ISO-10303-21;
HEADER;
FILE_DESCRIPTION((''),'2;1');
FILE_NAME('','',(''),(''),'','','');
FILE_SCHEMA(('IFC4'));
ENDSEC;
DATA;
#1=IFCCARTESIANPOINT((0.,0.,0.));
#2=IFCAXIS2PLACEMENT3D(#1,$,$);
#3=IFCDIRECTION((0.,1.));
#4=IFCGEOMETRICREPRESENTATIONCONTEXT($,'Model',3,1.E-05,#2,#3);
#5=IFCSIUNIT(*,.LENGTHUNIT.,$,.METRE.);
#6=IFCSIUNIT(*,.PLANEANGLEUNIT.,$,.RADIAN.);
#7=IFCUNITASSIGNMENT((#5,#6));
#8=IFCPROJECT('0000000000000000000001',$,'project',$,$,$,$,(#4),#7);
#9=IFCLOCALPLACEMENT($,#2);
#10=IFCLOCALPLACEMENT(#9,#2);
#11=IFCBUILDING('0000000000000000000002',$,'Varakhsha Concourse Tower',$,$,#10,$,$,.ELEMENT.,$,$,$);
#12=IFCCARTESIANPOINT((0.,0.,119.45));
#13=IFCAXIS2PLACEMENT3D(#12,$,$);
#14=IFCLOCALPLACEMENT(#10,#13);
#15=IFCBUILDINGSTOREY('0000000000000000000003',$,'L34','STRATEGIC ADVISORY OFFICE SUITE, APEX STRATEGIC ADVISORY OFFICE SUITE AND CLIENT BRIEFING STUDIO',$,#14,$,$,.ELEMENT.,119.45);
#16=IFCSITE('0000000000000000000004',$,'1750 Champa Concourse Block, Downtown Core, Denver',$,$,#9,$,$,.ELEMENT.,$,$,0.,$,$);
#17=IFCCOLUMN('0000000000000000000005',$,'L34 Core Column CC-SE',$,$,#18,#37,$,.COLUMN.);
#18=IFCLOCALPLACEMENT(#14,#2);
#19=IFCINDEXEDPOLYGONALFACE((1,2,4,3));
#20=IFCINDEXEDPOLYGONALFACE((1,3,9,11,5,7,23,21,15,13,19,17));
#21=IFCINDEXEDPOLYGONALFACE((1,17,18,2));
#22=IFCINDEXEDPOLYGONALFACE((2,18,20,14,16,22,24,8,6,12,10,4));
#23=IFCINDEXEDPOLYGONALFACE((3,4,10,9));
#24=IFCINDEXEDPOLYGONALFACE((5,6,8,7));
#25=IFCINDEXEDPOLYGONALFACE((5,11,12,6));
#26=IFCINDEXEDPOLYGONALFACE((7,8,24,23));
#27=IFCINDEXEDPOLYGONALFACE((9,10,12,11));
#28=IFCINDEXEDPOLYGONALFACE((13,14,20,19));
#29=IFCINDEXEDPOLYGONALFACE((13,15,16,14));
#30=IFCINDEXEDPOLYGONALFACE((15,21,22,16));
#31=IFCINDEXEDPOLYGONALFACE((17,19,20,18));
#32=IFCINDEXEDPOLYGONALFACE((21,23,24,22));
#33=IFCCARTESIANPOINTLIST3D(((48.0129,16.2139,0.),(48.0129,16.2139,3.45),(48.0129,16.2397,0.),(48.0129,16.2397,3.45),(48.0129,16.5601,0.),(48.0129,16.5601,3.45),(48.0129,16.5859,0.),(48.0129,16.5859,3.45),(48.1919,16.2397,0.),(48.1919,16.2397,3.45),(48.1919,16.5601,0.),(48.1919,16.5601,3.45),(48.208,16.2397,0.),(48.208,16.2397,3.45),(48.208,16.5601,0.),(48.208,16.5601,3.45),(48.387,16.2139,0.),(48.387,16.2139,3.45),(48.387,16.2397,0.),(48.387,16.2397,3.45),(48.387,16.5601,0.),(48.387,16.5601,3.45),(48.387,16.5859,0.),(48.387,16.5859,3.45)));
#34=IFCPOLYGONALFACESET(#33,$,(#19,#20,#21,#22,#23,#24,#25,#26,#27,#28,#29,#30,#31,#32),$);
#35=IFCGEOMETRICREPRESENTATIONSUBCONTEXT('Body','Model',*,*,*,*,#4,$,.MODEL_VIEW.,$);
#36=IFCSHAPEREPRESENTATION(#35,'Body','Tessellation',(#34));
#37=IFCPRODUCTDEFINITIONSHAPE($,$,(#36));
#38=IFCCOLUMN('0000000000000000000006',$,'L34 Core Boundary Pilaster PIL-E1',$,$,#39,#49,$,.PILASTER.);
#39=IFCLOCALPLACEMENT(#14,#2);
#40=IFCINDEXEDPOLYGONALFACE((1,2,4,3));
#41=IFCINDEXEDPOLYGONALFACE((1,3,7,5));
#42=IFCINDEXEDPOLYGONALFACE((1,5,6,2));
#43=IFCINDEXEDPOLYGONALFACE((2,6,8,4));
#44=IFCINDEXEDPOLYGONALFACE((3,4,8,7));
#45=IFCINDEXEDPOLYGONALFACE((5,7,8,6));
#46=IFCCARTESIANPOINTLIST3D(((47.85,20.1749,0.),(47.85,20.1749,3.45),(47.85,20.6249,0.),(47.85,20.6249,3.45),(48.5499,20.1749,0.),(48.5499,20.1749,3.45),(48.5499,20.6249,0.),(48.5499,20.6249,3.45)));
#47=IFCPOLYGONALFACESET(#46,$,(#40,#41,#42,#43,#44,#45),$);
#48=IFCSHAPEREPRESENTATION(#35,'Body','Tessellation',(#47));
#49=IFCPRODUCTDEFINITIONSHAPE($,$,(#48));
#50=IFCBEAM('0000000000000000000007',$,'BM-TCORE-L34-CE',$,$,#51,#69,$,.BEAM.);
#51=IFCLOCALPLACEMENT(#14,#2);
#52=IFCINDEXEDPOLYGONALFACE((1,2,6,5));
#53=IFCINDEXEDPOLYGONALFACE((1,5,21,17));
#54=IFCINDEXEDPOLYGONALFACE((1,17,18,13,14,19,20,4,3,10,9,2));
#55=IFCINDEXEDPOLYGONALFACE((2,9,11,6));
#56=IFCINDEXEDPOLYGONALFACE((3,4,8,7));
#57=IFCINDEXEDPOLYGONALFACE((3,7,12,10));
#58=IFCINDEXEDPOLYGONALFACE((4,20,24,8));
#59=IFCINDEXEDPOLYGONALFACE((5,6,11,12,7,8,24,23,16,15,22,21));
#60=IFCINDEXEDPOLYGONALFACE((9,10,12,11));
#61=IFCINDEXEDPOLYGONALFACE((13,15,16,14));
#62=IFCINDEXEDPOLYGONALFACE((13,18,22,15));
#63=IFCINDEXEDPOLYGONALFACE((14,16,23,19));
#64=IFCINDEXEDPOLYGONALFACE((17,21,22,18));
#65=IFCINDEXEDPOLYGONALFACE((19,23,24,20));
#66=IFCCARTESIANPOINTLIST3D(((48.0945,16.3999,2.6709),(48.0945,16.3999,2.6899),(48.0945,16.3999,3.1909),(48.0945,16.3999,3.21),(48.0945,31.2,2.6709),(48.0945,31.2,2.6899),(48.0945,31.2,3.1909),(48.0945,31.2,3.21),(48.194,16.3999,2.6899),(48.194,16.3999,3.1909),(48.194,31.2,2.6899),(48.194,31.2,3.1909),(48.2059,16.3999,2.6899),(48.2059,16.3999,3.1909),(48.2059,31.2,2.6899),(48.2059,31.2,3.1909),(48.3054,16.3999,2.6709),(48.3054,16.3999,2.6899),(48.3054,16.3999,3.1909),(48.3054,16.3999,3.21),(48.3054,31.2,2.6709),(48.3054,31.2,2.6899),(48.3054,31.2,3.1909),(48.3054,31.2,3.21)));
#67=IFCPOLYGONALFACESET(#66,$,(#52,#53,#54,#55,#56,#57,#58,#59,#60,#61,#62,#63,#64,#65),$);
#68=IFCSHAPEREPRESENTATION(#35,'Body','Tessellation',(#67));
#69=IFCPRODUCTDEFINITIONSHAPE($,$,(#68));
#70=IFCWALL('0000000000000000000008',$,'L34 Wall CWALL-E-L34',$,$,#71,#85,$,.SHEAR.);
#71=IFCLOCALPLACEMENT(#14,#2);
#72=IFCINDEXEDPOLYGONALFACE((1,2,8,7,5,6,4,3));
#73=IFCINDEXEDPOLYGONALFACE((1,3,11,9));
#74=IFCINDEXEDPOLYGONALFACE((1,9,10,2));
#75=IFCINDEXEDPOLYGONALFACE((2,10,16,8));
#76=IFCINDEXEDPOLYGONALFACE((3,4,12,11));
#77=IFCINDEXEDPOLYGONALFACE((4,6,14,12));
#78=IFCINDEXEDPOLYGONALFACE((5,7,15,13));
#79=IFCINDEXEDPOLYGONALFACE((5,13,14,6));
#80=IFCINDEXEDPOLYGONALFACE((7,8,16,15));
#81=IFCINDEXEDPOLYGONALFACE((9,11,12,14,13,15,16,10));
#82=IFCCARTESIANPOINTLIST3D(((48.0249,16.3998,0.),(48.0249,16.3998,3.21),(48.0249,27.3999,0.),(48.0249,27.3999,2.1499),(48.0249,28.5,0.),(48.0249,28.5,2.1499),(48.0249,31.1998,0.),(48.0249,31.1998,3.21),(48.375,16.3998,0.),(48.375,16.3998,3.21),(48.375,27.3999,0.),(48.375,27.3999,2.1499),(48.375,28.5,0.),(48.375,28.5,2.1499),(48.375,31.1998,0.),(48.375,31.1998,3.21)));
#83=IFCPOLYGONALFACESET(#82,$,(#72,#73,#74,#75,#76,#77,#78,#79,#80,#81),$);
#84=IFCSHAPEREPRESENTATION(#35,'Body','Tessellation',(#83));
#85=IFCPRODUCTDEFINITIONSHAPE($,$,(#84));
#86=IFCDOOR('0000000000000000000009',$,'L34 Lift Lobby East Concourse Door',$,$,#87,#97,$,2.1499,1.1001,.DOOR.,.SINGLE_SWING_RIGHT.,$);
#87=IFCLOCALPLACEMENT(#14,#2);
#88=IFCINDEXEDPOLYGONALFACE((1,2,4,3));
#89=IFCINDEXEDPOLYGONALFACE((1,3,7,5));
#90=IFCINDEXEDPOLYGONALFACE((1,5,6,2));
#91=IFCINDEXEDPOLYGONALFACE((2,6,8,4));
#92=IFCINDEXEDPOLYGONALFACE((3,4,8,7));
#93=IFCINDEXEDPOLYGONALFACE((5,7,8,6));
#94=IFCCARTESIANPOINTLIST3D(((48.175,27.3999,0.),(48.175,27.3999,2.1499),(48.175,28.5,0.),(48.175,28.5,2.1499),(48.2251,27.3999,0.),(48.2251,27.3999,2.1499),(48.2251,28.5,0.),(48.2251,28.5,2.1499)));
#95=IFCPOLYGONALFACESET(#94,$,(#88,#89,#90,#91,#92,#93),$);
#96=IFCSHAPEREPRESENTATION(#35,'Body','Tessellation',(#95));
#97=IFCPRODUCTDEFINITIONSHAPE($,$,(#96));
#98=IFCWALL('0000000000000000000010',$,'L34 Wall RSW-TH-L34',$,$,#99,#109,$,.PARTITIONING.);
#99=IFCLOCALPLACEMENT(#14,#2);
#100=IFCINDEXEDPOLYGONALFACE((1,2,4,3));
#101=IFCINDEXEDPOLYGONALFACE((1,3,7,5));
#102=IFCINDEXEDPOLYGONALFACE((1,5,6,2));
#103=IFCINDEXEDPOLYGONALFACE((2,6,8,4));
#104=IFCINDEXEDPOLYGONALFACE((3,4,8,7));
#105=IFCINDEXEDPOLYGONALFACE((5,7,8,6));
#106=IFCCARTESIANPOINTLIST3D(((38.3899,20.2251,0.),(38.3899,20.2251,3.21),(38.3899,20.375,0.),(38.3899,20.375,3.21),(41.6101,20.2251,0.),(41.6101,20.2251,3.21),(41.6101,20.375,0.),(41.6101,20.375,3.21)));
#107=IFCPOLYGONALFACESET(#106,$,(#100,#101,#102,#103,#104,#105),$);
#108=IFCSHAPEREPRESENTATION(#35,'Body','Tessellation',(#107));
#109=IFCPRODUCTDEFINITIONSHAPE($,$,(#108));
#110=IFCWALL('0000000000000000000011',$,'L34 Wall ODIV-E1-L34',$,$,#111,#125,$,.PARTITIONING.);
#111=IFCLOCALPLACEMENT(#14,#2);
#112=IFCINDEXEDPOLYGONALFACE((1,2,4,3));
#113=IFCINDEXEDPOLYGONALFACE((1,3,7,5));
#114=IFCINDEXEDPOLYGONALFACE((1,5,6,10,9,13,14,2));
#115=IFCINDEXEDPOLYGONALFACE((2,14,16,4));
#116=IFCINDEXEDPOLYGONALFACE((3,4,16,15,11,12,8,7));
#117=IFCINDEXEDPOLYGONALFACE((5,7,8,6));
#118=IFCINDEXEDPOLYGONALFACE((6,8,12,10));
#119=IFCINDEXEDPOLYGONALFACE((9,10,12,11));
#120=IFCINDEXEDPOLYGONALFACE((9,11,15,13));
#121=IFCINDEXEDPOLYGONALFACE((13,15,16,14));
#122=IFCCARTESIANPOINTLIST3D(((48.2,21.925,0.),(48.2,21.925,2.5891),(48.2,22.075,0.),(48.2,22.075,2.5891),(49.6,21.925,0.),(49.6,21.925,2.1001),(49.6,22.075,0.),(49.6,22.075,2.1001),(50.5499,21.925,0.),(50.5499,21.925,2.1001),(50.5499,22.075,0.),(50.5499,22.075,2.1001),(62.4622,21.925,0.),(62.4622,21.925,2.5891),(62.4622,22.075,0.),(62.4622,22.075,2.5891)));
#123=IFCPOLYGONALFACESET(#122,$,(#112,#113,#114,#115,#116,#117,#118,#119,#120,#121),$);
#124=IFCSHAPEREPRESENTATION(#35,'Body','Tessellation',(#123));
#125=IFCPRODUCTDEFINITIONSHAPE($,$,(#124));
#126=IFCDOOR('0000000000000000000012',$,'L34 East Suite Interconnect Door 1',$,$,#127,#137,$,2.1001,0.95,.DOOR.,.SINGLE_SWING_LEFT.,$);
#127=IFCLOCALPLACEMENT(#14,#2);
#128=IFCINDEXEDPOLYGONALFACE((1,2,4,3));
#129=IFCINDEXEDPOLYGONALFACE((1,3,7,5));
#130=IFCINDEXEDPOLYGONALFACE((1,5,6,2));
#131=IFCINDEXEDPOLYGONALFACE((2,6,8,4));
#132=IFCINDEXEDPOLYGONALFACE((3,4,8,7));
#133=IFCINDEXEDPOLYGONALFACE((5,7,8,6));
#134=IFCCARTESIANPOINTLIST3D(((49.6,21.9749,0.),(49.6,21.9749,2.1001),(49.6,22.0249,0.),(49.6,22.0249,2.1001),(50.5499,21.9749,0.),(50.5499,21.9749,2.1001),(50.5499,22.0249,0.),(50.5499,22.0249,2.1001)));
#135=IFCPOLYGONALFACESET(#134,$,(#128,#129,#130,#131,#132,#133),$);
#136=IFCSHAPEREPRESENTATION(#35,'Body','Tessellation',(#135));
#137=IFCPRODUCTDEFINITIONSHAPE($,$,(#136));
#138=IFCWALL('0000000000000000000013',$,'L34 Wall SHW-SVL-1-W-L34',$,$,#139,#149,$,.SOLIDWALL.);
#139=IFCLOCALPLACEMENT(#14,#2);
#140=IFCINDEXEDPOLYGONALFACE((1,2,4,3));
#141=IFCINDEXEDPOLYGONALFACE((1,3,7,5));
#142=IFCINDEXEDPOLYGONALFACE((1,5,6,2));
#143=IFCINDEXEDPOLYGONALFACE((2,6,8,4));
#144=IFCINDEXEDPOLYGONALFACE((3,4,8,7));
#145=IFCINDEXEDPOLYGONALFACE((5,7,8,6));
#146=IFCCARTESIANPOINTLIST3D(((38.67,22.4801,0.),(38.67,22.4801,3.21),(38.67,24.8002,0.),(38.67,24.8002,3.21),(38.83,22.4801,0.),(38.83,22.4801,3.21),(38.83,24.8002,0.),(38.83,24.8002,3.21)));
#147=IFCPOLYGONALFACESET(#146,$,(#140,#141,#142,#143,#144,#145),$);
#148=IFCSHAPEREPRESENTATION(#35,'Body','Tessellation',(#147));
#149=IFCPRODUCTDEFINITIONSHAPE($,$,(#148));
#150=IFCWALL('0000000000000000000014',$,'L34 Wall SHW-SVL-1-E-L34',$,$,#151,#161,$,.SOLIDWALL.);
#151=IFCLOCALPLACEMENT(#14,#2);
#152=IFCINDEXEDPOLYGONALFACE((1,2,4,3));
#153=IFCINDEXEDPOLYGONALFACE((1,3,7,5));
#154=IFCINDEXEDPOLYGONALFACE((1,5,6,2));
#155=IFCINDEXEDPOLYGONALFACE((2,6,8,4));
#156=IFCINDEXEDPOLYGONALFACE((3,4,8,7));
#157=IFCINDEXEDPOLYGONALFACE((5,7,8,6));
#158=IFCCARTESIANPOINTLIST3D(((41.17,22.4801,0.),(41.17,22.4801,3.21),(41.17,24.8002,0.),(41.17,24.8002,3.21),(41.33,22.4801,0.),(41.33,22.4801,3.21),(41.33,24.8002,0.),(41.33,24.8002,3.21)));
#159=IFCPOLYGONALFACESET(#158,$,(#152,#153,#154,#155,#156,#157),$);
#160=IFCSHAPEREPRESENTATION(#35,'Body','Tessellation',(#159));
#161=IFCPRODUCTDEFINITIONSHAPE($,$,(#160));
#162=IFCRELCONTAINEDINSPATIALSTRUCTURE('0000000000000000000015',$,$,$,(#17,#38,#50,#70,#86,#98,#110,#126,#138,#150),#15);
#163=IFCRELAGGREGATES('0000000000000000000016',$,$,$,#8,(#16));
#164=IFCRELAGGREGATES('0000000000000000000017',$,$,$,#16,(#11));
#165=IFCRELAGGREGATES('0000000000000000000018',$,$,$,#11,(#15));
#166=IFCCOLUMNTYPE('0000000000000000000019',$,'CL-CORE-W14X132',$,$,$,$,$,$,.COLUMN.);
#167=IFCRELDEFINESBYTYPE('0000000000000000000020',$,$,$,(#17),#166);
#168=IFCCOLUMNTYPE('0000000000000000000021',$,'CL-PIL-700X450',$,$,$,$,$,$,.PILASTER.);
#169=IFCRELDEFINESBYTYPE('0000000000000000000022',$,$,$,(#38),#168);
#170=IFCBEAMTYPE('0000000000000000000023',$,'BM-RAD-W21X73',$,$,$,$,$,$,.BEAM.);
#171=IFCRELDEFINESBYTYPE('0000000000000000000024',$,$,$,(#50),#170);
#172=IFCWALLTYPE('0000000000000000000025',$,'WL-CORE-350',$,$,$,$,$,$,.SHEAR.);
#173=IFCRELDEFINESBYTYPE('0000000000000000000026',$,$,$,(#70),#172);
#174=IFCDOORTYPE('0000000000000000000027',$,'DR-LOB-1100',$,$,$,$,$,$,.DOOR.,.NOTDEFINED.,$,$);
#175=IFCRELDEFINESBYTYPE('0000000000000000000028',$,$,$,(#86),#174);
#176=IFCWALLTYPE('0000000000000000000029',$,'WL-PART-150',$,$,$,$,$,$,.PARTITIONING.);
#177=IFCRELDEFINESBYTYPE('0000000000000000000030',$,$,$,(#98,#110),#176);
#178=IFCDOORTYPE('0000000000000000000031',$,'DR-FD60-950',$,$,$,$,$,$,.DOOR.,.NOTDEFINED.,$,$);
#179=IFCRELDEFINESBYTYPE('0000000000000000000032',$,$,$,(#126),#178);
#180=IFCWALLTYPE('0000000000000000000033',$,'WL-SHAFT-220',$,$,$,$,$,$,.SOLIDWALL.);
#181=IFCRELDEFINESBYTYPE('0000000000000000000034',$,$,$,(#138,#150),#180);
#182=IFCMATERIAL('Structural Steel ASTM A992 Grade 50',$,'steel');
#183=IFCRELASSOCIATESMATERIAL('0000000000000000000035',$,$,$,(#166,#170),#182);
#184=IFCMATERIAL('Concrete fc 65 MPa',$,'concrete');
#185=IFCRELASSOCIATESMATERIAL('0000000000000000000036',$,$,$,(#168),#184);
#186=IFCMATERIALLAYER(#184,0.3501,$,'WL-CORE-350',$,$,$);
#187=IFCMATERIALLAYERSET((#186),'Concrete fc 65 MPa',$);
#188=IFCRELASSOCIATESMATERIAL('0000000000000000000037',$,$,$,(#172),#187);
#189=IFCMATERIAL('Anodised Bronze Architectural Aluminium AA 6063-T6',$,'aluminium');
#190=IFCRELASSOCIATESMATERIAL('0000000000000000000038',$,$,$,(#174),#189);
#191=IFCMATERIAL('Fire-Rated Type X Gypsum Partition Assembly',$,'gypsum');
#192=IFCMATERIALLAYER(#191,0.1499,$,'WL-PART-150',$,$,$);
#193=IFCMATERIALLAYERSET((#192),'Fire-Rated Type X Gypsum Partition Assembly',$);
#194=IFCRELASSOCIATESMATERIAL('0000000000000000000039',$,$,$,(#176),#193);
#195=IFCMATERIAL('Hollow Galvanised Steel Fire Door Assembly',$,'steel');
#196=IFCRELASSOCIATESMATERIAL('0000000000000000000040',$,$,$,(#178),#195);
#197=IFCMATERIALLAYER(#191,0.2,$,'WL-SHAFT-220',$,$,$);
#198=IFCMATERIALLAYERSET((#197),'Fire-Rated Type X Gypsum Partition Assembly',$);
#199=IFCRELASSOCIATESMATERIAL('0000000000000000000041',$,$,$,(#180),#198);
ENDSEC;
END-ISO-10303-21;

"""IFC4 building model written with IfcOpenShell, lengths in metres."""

from ifc_helpers import new_model, si_unit, direction, frame, frame_2d, origin, origin_2d, place, context, subcontext, project, spatial, rectangle, i_section, extrude, material, layer, layer_set, material_profile, profile_set, type_object, element, fill, save


model = new_model("IFC4")

# Units and contexts
model_context = context("Model", 3, precision=1e-05, world=origin(), true_north=direction((0.0, 1.0)))
body_context = subcontext(model_context, "Body", "Model", "MODEL_VIEW")
ifc_project = project(units=[si_unit("LENGTHUNIT", "METRE"), si_unit("PLANEANGLEUNIT", "RADIAN")], contexts=[model_context])

# Site, building, storey
site_placement = place(None, origin())
site = spatial("IfcSite", under=ifc_project, at=site_placement, Name="1750 Champa Concourse Block, Downtown Core, Denver", CompositionType="ELEMENT", RefElevation=0.0)
building_placement = place(site_placement, origin())
building = spatial("IfcBuilding", under=site, at=building_placement, Name="Varakhsha Concourse Tower", CompositionType="ELEMENT")
storey_placement = place(building_placement, frame((0.0, 0.0, 119.45)))
storey = spatial("IfcBuildingStorey", under=building, at=storey_placement, Name="L34", Description="STRATEGIC ADVISORY OFFICE SUITE, APEX STRATEGIC ADVISORY OFFICE SUITE AND CLIENT BRIEFING STUDIO", CompositionType="ELEMENT", Elevation=119.45)

# Columns
ifc_material_1 = material(Name="Structural Steel ASTM A992 Grade 50", Category="steel")
ifc_material_profile_1 = material_profile(ifc_material_1, i_section(OverallWidth=0.374, OverallDepth=0.3721, WebThickness=0.0161, FlangeThickness=0.0259, at=origin_2d()), Name="W14X132")
ifc_profile_set_1 = profile_set([ifc_material_profile_1], Name="Structural Steel ASTM A992 Grade 50")
column_type_1 = type_object("IfcColumnType", Name="CL-CORE-W14X132", PredefinedType="COLUMN", material=ifc_profile_set_1)
column_1_placement = place(storey_placement, frame((48.2, 16.3999, 0.0), z_axis=(0.0, 0.0, 1.0), x_axis=(1.0, 0.0, 0.0)))
element("IfcColumn", 1, at=column_1_placement, inside=storey, type_object=column_type_1, Name="L34 Core Column CC-SE", PredefinedType="COLUMN", context=body_context, shape_type="SweptSolid", body=[
    extrude(i_section(OverallWidth=0.374, OverallDepth=0.3721, WebThickness=0.0161, FlangeThickness=0.0259, at=origin_2d()), origin(), (0.0, 0.0, 1.0), 3.45),
])
ifc_material_2 = material(Name="Concrete fc 65 MPa", Category="concrete")
ifc_material_profile_2 = material_profile(ifc_material_2, rectangle(XDim=0.7, YDim=0.45, at=origin_2d()), Name="RC 700x450")
ifc_profile_set_2 = profile_set([ifc_material_profile_2], Name="Concrete fc 65 MPa")
column_type_2 = type_object("IfcColumnType", Name="CL-PIL-700X450", PredefinedType="PILASTER", material=ifc_profile_set_2)
column_2_placement = place(storey_placement, frame((48.2, 20.3999, 0.0), z_axis=(0.0, 0.0, 1.0), x_axis=(1.0, 0.0, 0.0)))
element("IfcColumn", 2, at=column_2_placement, inside=storey, type_object=column_type_2, Name="L34 Core Boundary Pilaster PIL-E1", PredefinedType="PILASTER", context=body_context, shape_type="SweptSolid", body=[
    extrude(rectangle(XDim=0.7, YDim=0.45, at=origin_2d()), origin(), (0.0, 0.0, 1.0), 3.45),
])

# Beam
ifc_material_profile_3 = material_profile(ifc_material_1, i_section(OverallWidth=0.2109, OverallDepth=0.5391, WebThickness=0.012, FlangeThickness=0.019, at=origin_2d()), Name="W21X73")
ifc_profile_set_3 = profile_set([ifc_material_profile_3], Name="Structural Steel ASTM A992 Grade 50")
beam_type = type_object("IfcBeamType", Name="BM-RAD-W21X73", PredefinedType="BEAM", material=ifc_profile_set_3)
beam_placement = place(storey_placement, frame((48.2, 16.3999, 2.9404), z_axis=(0.0, 1.0, 0.0), x_axis=(-1.0, 0.0, 0.0)))
element("IfcBeam", 3, at=beam_placement, inside=storey, type_object=beam_type, Name="BM-TCORE-L34-CE", PredefinedType="BEAM", context=body_context, shape_type="SweptSolid", body=[
    extrude(i_section(OverallWidth=0.2109, OverallDepth=0.5391, WebThickness=0.012, FlangeThickness=0.019, at=origin_2d()), origin(), (0.0, 0.0, 1.0), 14.8),
])

# Wall, opening, door
ifc_layer_1 = layer(ifc_material_2, 0.3501, Name="WL-CORE-350")
ifc_layer_set_1 = layer_set([ifc_layer_1], Name="Concrete fc 65 MPa")
wall_type_1 = type_object("IfcWallType", Name="WL-CORE-350", PredefinedType="SHEAR", material=ifc_layer_set_1)
wall_1_placement = place(storey_placement, frame((48.2, 16.3999, 0.0), z_axis=(0.0, 0.0, 1.0), x_axis=(0.0, 1.0, 0.0)))
wall_1 = element("IfcWall", 4, at=wall_1_placement, inside=storey, type_object=wall_type_1, Name="L34 Wall CWALL-E-L34", PredefinedType="SHEAR", context=body_context, shape_type="SweptSolid", body=[
    extrude(rectangle(XDim=14.8, YDim=0.3501, at=frame_2d((7.3999, 0.0))), origin(), (0.0, 0.0, 1.0), 3.21),
])
opening_1_placement = place(wall_1_placement, frame((11.0, 0.0, 0.0)))
opening_1 = element("IfcOpeningElement", 5, at=opening_1_placement, cuts=wall_1, PredefinedType="OPENING", context=body_context, shape_type="SweptSolid", body=[
    extrude(rectangle(XDim=1.1001, YDim=2.1499, at=frame_2d((0.55, 1.075))), frame((0.0, 0.1851, 0.0), z_axis=(0.0, -1.0, 0.0), x_axis=(1.0, 0.0, 0.0)), (0.0, 0.0, 1.0), 0.3701),
])
ifc_material_3 = material(Name="Anodised Bronze Architectural Aluminium AA 6063-T6", Category="aluminium")
door_type_1 = type_object("IfcDoorType", Name="DR-LOB-1100", OperationType="NOTDEFINED", PredefinedType="DOOR", material=ifc_material_3)
door_1_placement = place(opening_1_placement, origin())
door_1 = element("IfcDoor", 6, at=door_1_placement, inside=storey, type_object=door_type_1, Name="L34 Lift Lobby East Concourse Door", OperationType="SINGLE_SWING_RIGHT", OverallHeight=2.1499, OverallWidth=1.1001, PredefinedType="DOOR", context=body_context, shape_type="SweptSolid", body=[
    extrude(rectangle(XDim=1.1001, YDim=2.1499, at=frame_2d((0.55, 1.075))), frame((0.0, 0.0249, 0.0), z_axis=(0.0, -1.0, 0.0), x_axis=(1.0, 0.0, 0.0)), (0.0, 0.0, 1.0), 0.05),
])
fill(opening_1, door_1)

# Wall
ifc_material_4 = material(Name="Fire-Rated Type X Gypsum Partition Assembly", Category="gypsum")
ifc_layer_2 = layer(ifc_material_4, 0.1499, Name="WL-PART-150")
ifc_layer_set_2 = layer_set([ifc_layer_2], Name="Fire-Rated Type X Gypsum Partition Assembly")
wall_type_2 = type_object("IfcWallType", Name="WL-PART-150", PredefinedType="PARTITIONING", material=ifc_layer_set_2)
wall_2_placement = place(storey_placement, frame((38.3899, 20.3, 0.0), z_axis=(0.0, 0.0, 1.0), x_axis=(1.0, 0.0, 0.0)))
element("IfcWall", 7, at=wall_2_placement, inside=storey, type_object=wall_type_2, Name="L34 Wall RSW-TH-L34", PredefinedType="PARTITIONING", context=body_context, shape_type="SweptSolid", body=[
    extrude(rectangle(XDim=3.2202, YDim=0.1499, at=frame_2d((1.6101, 0.0))), origin(), (0.0, 0.0, 1.0), 3.21),
])

# Wall, opening, door
wall_3_placement = place(storey_placement, frame((48.2, 22.0, 0.0), z_axis=(0.0, 0.0, 1.0), x_axis=(1.0, 0.0, 0.0)))
wall_3 = element("IfcWall", 8, at=wall_3_placement, inside=storey, type_object=wall_type_2, Name="L34 Wall ODIV-E1-L34", PredefinedType="PARTITIONING", context=body_context, shape_type="SweptSolid", body=[
    extrude(rectangle(XDim=14.2622, YDim=0.1499, at=frame_2d((7.1311, 0.0))), origin(), (0.0, 0.0, 1.0), 2.5891),
])
opening_2_placement = place(wall_3_placement, frame((1.3999, 0.0, 0.0)))
opening_2 = element("IfcOpeningElement", 9, at=opening_2_placement, cuts=wall_3, PredefinedType="OPENING", context=body_context, shape_type="SweptSolid", body=[
    extrude(rectangle(XDim=0.95, YDim=2.1001, at=frame_2d((0.4751, 1.05))), frame((0.0, 0.085, 0.0), z_axis=(0.0, -1.0, 0.0), x_axis=(1.0, 0.0, 0.0)), (0.0, 0.0, 1.0), 0.1699),
])
ifc_material_5 = material(Name="Hollow Galvanised Steel Fire Door Assembly", Category="steel")
door_type_2 = type_object("IfcDoorType", Name="DR-FD60-950", OperationType="NOTDEFINED", PredefinedType="DOOR", material=ifc_material_5)
door_2_placement = place(opening_2_placement, origin())
door_2 = element("IfcDoor", 10, at=door_2_placement, inside=storey, type_object=door_type_2, Name="L34 East Suite Interconnect Door 1", OperationType="SINGLE_SWING_LEFT", OverallHeight=2.1001, OverallWidth=0.95, PredefinedType="DOOR", context=body_context, shape_type="SweptSolid", body=[
    extrude(rectangle(XDim=0.95, YDim=2.1001, at=frame_2d((0.4751, 1.05))), frame((0.0, 0.0249, 0.0), z_axis=(0.0, -1.0, 0.0), x_axis=(1.0, 0.0, 0.0)), (0.0, 0.0, 1.0), 0.05),
])
fill(opening_2, door_2)

# Walls
ifc_layer_3 = layer(ifc_material_4, 0.2, Name="WL-SHAFT-220")
ifc_layer_set_3 = layer_set([ifc_layer_3], Name="Fire-Rated Type X Gypsum Partition Assembly")
wall_type_3 = type_object("IfcWallType", Name="WL-SHAFT-220", PredefinedType="SOLIDWALL", material=ifc_layer_set_3)
for number, where, z_axis, x_axis, name in (
    (11, (38.75, 22.48, 0.0), (0.0, 0.0, 1.0), (0.0, 1.0, 0.0), "L34 Wall SHW-SVL-1-W-L34"),
    (12, (41.25, 22.48, 0.0), (0.0, 0.0, 1.0), (0.0, 1.0, 0.0), "L34 Wall SHW-SVL-1-E-L34"),
):
    element("IfcWall", number, at=place(storey_placement, frame(where, z_axis=z_axis, x_axis=x_axis)), inside=storey, type_object=wall_type_3, Name=name, PredefinedType="SOLIDWALL", context=body_context, shape_type="SweptSolid", body=[
        extrude(rectangle(XDim=2.3201, YDim=0.1599, at=frame_2d((1.1602, 0.0))), origin(), (0.0, 0.0, 1.0), 3.21),
    ])

save(model, "model.ifc")
